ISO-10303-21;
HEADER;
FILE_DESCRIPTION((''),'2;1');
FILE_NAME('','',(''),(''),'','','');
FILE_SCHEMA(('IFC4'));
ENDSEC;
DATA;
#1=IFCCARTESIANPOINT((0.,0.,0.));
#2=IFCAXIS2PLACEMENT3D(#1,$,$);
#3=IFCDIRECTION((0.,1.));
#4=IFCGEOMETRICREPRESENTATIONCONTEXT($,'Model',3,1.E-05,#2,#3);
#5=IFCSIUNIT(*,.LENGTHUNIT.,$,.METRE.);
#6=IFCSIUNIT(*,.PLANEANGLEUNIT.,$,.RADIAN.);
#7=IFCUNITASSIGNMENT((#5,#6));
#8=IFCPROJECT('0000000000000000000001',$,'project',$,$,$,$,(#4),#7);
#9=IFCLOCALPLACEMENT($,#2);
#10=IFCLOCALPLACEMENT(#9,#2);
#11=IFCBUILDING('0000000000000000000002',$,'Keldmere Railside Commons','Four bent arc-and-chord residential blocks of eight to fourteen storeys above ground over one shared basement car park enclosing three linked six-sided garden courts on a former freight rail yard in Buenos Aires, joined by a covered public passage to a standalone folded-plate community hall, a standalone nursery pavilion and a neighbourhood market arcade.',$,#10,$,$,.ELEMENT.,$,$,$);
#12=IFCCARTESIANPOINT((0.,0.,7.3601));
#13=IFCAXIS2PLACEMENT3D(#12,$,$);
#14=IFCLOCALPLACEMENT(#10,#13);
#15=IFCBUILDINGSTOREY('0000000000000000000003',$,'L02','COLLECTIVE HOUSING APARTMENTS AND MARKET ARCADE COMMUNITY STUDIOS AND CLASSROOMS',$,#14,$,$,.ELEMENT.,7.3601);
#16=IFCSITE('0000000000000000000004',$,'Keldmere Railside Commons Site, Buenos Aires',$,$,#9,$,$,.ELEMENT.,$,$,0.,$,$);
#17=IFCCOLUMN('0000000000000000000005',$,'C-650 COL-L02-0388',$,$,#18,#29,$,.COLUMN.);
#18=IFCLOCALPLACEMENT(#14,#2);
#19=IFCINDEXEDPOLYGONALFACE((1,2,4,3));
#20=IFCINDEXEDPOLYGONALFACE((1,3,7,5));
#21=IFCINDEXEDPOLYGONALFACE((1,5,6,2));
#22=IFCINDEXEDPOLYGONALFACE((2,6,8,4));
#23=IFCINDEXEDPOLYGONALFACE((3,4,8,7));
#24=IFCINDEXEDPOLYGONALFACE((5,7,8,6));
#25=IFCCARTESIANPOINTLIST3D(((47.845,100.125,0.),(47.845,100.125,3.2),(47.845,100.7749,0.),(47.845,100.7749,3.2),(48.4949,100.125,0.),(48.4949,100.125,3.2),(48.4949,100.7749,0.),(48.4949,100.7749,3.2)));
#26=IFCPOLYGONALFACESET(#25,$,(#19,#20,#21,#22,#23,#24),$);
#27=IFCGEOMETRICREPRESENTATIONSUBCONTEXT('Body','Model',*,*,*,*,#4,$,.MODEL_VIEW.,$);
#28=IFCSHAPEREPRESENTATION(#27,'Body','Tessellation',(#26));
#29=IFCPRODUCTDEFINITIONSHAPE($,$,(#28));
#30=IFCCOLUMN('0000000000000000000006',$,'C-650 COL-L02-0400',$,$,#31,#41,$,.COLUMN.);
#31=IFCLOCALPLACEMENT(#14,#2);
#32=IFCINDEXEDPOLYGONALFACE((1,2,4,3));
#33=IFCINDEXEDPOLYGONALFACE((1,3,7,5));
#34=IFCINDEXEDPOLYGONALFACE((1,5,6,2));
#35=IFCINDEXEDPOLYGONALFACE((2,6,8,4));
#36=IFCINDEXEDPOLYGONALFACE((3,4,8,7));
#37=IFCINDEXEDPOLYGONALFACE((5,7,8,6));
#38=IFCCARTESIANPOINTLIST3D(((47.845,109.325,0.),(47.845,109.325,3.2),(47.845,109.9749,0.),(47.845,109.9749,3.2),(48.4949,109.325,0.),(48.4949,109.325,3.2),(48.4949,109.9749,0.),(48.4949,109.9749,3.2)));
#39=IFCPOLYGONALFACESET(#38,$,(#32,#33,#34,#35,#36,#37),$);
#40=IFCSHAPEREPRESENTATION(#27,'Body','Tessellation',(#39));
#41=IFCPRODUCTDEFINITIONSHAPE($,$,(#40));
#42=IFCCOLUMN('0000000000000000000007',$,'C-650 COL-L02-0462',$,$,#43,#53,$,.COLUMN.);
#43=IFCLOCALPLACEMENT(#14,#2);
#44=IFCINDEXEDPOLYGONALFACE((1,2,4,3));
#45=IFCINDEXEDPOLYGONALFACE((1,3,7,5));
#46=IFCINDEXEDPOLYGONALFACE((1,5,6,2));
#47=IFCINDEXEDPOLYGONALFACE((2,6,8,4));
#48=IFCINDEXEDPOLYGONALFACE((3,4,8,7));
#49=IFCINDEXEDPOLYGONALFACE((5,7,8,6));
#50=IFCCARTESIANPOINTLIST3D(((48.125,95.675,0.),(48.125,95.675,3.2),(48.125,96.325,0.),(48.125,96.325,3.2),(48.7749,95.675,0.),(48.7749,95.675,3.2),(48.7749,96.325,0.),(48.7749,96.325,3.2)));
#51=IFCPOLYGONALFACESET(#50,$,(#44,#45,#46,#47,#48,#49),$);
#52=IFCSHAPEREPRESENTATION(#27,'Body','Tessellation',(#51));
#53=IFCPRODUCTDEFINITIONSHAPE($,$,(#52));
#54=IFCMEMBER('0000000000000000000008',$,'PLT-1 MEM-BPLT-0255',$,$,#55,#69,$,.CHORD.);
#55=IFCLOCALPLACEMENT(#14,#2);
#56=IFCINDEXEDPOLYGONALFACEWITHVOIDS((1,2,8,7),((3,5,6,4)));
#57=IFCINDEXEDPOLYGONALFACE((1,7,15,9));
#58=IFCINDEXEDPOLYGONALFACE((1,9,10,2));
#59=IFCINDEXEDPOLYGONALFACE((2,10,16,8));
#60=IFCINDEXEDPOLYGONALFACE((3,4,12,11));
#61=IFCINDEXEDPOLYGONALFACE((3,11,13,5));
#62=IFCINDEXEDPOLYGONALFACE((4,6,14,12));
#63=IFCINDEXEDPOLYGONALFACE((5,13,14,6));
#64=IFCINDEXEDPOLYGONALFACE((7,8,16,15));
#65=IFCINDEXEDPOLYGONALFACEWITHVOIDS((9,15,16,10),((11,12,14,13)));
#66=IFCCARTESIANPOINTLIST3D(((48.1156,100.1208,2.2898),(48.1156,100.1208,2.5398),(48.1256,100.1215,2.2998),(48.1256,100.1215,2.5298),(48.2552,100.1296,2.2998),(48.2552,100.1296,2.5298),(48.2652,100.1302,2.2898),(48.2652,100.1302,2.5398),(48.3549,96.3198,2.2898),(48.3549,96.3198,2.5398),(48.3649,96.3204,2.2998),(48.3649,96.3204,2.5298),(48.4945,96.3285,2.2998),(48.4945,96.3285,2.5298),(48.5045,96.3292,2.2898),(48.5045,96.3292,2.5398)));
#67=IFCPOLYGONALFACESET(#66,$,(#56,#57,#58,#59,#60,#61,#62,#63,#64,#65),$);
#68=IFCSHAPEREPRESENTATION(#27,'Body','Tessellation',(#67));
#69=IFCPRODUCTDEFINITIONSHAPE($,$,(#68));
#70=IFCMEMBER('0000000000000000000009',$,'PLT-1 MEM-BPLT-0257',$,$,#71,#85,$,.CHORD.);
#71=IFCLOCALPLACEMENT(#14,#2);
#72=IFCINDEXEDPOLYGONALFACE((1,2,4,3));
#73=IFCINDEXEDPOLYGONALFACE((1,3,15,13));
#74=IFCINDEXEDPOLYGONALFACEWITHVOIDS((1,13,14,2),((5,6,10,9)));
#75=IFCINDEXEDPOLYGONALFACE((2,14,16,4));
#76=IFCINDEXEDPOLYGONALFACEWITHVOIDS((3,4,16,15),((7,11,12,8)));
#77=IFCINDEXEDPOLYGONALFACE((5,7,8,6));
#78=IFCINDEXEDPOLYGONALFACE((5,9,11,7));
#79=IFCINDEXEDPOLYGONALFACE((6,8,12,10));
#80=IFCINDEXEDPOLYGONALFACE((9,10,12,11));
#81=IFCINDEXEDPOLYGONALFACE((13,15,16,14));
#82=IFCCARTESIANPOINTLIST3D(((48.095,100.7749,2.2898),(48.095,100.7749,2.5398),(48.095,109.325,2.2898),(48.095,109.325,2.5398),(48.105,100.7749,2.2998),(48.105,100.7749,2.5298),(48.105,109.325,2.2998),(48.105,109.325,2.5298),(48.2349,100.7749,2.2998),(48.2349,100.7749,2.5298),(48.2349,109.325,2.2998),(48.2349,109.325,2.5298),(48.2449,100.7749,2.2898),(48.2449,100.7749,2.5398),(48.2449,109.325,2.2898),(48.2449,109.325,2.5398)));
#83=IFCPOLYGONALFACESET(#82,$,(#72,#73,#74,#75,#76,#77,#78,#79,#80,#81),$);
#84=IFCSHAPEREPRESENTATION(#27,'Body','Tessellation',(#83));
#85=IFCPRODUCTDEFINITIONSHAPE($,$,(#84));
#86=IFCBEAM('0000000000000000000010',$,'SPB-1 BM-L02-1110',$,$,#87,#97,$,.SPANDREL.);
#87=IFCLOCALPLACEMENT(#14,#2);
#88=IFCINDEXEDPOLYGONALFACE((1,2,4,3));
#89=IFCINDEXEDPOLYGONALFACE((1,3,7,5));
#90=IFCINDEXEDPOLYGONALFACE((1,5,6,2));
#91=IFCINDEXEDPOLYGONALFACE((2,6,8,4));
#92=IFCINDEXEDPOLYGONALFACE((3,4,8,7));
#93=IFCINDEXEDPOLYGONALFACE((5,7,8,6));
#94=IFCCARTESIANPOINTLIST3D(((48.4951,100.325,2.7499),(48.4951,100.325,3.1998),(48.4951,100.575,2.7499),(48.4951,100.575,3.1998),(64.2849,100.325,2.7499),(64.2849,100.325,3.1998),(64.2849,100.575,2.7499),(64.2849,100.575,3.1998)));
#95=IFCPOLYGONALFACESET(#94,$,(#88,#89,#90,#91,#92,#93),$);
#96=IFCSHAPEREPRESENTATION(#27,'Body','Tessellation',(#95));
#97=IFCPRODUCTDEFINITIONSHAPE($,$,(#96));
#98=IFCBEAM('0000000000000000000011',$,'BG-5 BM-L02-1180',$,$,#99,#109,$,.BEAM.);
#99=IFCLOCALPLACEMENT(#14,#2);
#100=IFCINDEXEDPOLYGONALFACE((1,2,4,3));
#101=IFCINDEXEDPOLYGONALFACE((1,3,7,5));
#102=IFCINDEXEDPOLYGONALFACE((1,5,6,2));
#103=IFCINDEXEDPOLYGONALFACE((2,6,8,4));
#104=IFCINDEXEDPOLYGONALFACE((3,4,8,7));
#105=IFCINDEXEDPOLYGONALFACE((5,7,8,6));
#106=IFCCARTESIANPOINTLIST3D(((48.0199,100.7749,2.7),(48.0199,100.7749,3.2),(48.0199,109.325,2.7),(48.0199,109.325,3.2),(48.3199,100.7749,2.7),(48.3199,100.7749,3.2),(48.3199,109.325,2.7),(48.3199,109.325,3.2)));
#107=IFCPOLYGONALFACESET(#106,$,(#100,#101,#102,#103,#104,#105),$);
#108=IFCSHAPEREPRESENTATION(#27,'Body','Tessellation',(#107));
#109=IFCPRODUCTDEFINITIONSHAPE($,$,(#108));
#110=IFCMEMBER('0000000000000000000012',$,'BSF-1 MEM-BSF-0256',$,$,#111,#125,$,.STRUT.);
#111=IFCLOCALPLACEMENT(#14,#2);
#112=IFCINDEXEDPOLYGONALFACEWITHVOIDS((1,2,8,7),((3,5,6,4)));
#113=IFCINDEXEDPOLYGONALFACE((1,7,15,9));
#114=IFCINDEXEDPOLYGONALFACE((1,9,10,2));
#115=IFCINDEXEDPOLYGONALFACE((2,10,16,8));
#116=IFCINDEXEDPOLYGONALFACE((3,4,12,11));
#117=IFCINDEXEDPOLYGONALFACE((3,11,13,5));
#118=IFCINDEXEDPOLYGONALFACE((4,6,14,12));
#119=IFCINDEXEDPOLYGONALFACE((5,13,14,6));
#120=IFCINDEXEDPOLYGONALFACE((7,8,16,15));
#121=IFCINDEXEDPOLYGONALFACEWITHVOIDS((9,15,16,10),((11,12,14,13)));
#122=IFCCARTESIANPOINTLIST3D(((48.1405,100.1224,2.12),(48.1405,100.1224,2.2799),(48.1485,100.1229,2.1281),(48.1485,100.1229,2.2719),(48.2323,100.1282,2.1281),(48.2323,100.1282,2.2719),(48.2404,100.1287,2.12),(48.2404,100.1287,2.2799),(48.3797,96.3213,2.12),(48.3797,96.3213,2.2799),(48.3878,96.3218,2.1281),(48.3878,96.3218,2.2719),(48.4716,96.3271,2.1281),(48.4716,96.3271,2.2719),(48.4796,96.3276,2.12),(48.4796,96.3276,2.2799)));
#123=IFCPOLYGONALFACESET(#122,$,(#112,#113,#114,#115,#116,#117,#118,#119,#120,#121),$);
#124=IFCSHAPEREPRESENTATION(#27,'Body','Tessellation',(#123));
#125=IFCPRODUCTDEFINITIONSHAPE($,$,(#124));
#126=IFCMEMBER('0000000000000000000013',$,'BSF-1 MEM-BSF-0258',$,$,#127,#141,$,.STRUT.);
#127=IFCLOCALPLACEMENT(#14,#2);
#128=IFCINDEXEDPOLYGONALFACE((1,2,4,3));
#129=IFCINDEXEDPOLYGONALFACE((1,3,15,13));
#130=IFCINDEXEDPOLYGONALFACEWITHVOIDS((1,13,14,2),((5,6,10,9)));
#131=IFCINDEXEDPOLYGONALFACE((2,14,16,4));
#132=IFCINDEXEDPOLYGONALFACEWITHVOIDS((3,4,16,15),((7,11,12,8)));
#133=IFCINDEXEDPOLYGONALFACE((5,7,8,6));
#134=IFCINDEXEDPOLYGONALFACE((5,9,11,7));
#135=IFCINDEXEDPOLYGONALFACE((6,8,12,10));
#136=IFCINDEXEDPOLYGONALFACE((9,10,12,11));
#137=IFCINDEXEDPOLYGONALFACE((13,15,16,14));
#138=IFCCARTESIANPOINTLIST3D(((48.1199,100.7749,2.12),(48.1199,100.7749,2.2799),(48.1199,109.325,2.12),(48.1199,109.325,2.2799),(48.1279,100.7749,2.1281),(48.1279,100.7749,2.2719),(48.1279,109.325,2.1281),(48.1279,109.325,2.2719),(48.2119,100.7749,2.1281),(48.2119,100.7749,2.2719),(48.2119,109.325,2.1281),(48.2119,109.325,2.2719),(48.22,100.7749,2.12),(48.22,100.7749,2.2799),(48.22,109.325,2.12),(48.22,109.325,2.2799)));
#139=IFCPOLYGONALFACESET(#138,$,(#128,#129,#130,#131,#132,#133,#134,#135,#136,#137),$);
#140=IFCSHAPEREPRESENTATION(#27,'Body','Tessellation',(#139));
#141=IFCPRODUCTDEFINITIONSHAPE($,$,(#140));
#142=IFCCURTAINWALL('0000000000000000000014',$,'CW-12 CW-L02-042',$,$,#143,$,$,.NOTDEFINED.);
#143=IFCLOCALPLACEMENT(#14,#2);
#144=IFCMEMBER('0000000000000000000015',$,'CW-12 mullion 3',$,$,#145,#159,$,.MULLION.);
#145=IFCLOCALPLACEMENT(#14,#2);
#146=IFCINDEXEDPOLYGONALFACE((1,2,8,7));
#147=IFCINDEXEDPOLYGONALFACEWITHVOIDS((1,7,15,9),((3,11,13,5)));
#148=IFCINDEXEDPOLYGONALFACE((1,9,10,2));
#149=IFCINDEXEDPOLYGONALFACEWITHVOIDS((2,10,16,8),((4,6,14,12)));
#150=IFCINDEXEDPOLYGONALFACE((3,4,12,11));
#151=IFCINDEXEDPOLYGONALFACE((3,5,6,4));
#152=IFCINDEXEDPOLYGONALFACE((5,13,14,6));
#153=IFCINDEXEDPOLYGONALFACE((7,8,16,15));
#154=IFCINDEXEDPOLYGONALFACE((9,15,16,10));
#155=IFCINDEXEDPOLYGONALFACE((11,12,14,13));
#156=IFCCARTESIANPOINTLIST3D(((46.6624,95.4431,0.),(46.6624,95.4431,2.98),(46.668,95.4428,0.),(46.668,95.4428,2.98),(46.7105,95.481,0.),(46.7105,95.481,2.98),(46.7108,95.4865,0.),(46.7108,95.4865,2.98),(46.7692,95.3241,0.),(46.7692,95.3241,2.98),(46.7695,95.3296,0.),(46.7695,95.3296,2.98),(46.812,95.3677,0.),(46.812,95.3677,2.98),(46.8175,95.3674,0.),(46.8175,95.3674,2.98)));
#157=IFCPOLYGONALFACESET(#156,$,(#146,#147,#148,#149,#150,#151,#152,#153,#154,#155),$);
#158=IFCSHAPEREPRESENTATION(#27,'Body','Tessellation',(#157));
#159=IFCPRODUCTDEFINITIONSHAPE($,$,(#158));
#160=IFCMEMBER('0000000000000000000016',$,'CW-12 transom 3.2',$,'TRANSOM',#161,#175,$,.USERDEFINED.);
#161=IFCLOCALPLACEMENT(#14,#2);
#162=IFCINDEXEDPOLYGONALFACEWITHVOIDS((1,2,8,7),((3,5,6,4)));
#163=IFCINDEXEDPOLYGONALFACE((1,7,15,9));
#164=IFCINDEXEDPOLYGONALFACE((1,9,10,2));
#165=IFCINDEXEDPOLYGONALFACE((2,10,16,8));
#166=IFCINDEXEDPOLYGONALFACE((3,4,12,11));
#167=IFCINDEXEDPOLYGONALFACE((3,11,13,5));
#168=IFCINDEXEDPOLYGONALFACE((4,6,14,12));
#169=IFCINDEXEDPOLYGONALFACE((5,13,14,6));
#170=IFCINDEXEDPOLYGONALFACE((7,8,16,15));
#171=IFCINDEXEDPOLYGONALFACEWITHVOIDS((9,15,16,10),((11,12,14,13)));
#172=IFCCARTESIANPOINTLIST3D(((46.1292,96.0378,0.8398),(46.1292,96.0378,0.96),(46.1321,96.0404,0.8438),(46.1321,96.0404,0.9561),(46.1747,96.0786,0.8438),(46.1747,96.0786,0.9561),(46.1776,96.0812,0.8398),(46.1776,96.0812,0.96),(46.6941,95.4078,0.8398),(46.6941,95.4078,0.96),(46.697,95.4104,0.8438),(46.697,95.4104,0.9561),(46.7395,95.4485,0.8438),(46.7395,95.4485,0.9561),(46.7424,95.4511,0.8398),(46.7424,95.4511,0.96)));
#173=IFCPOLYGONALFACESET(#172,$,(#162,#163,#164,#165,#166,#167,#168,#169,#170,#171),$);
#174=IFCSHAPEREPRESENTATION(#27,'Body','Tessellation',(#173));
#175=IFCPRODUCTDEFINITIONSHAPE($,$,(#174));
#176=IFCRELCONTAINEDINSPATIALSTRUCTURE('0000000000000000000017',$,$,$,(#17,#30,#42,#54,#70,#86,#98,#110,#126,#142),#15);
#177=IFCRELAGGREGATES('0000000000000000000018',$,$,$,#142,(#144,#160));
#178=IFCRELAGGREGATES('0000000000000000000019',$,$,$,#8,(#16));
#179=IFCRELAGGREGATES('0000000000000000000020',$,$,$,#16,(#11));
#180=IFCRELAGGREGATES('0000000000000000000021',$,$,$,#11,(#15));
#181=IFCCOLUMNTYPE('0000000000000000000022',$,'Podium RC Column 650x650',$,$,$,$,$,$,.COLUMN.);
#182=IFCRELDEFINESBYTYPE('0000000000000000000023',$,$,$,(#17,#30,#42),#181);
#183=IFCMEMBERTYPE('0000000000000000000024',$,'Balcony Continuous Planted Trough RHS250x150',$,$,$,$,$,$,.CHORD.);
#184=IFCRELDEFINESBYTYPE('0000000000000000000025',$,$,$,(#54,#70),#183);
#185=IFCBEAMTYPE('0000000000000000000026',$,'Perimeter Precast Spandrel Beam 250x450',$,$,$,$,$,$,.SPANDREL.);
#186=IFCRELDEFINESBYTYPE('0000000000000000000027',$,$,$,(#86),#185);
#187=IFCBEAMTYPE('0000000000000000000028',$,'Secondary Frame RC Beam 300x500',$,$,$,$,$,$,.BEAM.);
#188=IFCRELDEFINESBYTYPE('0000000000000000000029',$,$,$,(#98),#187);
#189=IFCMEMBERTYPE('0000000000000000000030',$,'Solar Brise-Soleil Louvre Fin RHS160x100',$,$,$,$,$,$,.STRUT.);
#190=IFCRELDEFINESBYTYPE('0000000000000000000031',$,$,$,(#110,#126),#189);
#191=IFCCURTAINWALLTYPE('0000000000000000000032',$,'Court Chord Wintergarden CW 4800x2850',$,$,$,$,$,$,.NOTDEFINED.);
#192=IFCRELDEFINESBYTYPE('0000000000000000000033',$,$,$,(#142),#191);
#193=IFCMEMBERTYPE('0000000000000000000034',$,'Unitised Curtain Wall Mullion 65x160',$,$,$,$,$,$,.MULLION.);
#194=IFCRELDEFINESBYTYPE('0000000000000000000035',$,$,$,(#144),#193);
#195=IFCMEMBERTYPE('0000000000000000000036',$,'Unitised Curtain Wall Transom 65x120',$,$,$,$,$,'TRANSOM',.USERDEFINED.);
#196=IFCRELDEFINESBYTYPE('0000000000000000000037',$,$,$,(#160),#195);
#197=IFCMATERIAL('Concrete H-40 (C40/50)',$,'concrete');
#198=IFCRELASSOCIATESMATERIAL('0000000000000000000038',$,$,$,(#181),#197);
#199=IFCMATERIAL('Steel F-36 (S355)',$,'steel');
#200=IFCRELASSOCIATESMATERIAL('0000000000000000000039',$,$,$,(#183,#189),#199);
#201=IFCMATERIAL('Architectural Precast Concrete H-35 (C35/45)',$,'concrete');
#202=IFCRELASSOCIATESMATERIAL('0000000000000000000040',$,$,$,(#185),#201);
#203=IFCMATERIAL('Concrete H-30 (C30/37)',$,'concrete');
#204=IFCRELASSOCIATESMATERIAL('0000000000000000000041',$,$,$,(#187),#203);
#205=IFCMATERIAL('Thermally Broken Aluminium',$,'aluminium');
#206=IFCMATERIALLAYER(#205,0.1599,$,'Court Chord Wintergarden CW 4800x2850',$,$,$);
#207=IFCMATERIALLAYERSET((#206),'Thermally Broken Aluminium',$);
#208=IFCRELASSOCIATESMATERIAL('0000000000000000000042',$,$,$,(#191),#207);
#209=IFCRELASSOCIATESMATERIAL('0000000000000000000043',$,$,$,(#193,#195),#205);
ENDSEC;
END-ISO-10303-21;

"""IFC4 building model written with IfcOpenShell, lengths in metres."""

from ifc_helpers import new_model, si_unit, direction, frame, origin, origin_2d, place, context, subcontext, project, spatial, rectangle, hollow_rectangle, extrude, material, layer, layer_set, material_profile, profile_set, type_object, element, aggregate, save


model = new_model("IFC4")

# Units and contexts
model_context = context("Model", 3, precision=1e-05, world=origin(), true_north=direction((0.0, 1.0)))
body_context = subcontext(model_context, "Body", "Model", "MODEL_VIEW")
ifc_project = project(units=[si_unit("LENGTHUNIT", "METRE"), si_unit("PLANEANGLEUNIT", "RADIAN")], contexts=[model_context])

# Site, building, storey
site_placement = place(None, origin())
site = spatial("IfcSite", under=ifc_project, at=site_placement, Name="Keldmere Railside Commons Site, Buenos Aires", CompositionType="ELEMENT", RefElevation=0.0)
building_placement = place(site_placement, origin())
building = spatial("IfcBuilding", under=site, at=building_placement, Name="Keldmere Railside Commons", Description="Four bent arc-and-chord residential blocks of eight to fourteen storeys above ground over one shared basement car park enclosing three linked six-sided garden courts on a former freight rail yard in Buenos Aires, joined by a covered public passage to a standalone folded-plate community hall, a standalone nursery pavilion and a neighbourhood market arcade.", CompositionType="ELEMENT")
storey_placement = place(building_placement, frame((0.0, 0.0, 7.3601)))
storey = spatial("IfcBuildingStorey", under=building, at=storey_placement, Name="L02", Description="COLLECTIVE HOUSING APARTMENTS AND MARKET ARCADE COMMUNITY STUDIOS AND CLASSROOMS", CompositionType="ELEMENT", Elevation=7.3601)

# Columns
ifc_material_1 = material(Name="Concrete H-40 (C40/50)", Category="concrete")
ifc_material_profile_1 = material_profile(ifc_material_1, rectangle(XDim=0.6499, YDim=0.6499, at=origin_2d()), Name="RC-650x650")
ifc_profile_set_1 = profile_set([ifc_material_profile_1], Name="Concrete H-40 (C40/50)")
column_type = type_object("IfcColumnType", Name="Podium RC Column 650x650", PredefinedType="COLUMN", material=ifc_profile_set_1)
for number, where, z_axis, x_axis, name in (
    (1, (48.1699, 100.45, 0.0), (0.0, 0.0, 1.0), (1.0, 0.0, 0.0), "C-650 COL-L02-0388"),
    (2, (48.1699, 109.6499, 0.0), (0.0, 0.0, 1.0), (1.0, 0.0, 0.0), "C-650 COL-L02-0400"),
    (3, (48.45, 96.0, 0.0), (0.0, 0.0, 1.0), (1.0, 0.0, 0.0), "C-650 COL-L02-0462"),
):
    element("IfcColumn", number, at=place(storey_placement, frame(where, z_axis=z_axis, x_axis=x_axis)), inside=storey, type_object=column_type, Name=name, PredefinedType="COLUMN", context=body_context, shape_type="SweptSolid", body=[
        extrude(rectangle(XDim=0.6499, YDim=0.6499, at=origin_2d()), origin(), (0.0, 0.0, 1.0), 3.2),
    ])

# Members
ifc_material_2 = material(Name="Steel F-36 (S355)", Category="steel")
ifc_material_profile_2 = material_profile(ifc_material_2, hollow_rectangle(XDim=0.1499, YDim=0.25, WallThickness=0.01, at=origin_2d()), Name="RHS-250x150x10")
ifc_profile_set_2 = profile_set([ifc_material_profile_2], Name="Steel F-36 (S355)")
member_type_1 = type_object("IfcMemberType", Name="Balcony Continuous Planted Trough RHS250x150", PredefinedType="CHORD", material=ifc_profile_set_2)
member_1_placement = place(storey_placement, frame((48.4297, 96.3245, 2.4148), z_axis=(-0.062821, 0.998025, 0.0), x_axis=(-0.998025, -0.062821, 0.0)))
element("IfcMember", 4, at=member_1_placement, inside=storey, type_object=member_type_1, Name="PLT-1 MEM-BPLT-0255", PredefinedType="CHORD", context=body_context, shape_type="SweptSolid", body=[
    extrude(hollow_rectangle(XDim=0.1499, YDim=0.25, WallThickness=0.01, at=origin_2d()), origin(), (0.0, 0.0, 1.0), 3.8086),
])
member_2_placement = place(storey_placement, frame((48.1699, 100.7749, 2.4148), z_axis=(0.0, 1.0, 0.0), x_axis=(-1.0, 0.0, 0.0)))
element("IfcMember", 5, at=member_2_placement, inside=storey, type_object=member_type_1, Name="PLT-1 MEM-BPLT-0257", PredefinedType="CHORD", context=body_context, shape_type="SweptSolid", body=[
    extrude(hollow_rectangle(XDim=0.1499, YDim=0.25, WallThickness=0.01, at=origin_2d()), origin(), (0.0, 0.0, 1.0), 8.55),
])

# Beams
ifc_material_3 = material(Name="Architectural Precast Concrete H-35 (C35/45)", Category="concrete")
ifc_material_profile_3 = material_profile(ifc_material_3, rectangle(XDim=0.25, YDim=0.45, at=origin_2d()), Name="RC-250x450")
ifc_profile_set_3 = profile_set([ifc_material_profile_3], Name="Architectural Precast Concrete H-35 (C35/45)")
beam_type_1 = type_object("IfcBeamType", Name="Perimeter Precast Spandrel Beam 250x450", PredefinedType="SPANDREL", material=ifc_profile_set_3)
beam_1_placement = place(storey_placement, frame((48.4951, 100.45, 2.9749), z_axis=(1.0, 0.0, 0.0), x_axis=(0.0, 1.0, 0.0)))
element("IfcBeam", 6, at=beam_1_placement, inside=storey, type_object=beam_type_1, Name="SPB-1 BM-L02-1110", PredefinedType="SPANDREL", context=body_context, shape_type="SweptSolid", body=[
    extrude(rectangle(XDim=0.25, YDim=0.45, at=origin_2d()), origin(), (0.0, 0.0, 1.0), 15.7898),
])
ifc_material_4 = material(Name="Concrete H-30 (C30/37)", Category="concrete")
ifc_material_profile_4 = material_profile(ifc_material_4, rectangle(XDim=0.3, YDim=0.5, at=origin_2d()), Name="RC-300x500")
ifc_profile_set_4 = profile_set([ifc_material_profile_4], Name="Concrete H-30 (C30/37)")
beam_type_2 = type_object("IfcBeamType", Name="Secondary Frame RC Beam 300x500", PredefinedType="BEAM", material=ifc_profile_set_4)
beam_2_placement = place(storey_placement, frame((48.1699, 100.7749, 2.95), z_axis=(0.0, 1.0, 0.0), x_axis=(-1.0, 0.0, 0.0)))
element("IfcBeam", 7, at=beam_2_placement, inside=storey, type_object=beam_type_2, Name="BG-5 BM-L02-1180", PredefinedType="BEAM", context=body_context, shape_type="SweptSolid", body=[
    extrude(rectangle(XDim=0.3, YDim=0.5, at=origin_2d()), origin(), (0.0, 0.0, 1.0), 8.55),
])

# Members
ifc_material_profile_5 = material_profile(ifc_material_2, hollow_rectangle(XDim=0.1001, YDim=0.1599, WallThickness=0.0081, at=origin_2d()), Name="RHS-160x100x8")
ifc_profile_set_5 = profile_set([ifc_material_profile_5], Name="Steel F-36 (S355)")
member_type_2 = type_object("IfcMemberType", Name="Solar Brise-Soleil Louvre Fin RHS160x100", PredefinedType="STRUT", material=ifc_profile_set_5)
member_3_placement = place(storey_placement, frame((48.4297, 96.3245, 2.2), z_axis=(-0.062821, 0.998025, 0.0), x_axis=(-0.998025, -0.062821, 0.0)))
element("IfcMember", 8, at=member_3_placement, inside=storey, type_object=member_type_2, Name="BSF-1 MEM-BSF-0256", PredefinedType="STRUT", context=body_context, shape_type="SweptSolid", body=[
    extrude(hollow_rectangle(XDim=0.1001, YDim=0.1599, WallThickness=0.0081, at=origin_2d()), origin(), (0.0, 0.0, 1.0), 3.8086),
])
member_4_placement = place(storey_placement, frame((48.1699, 100.7749, 2.2), z_axis=(0.0, 1.0, 0.0), x_axis=(-1.0, 0.0, 0.0)))
element("IfcMember", 9, at=member_4_placement, inside=storey, type_object=member_type_2, Name="BSF-1 MEM-BSF-0258", PredefinedType="STRUT", context=body_context, shape_type="SweptSolid", body=[
    extrude(hollow_rectangle(XDim=0.1001, YDim=0.1599, WallThickness=0.0081, at=origin_2d()), origin(), (0.0, 0.0, 1.0), 8.55),
])

# Curtain wall, members
ifc_material_5 = material(Name="Thermally Broken Aluminium", Category="aluminium")
ifc_layer_1 = layer(ifc_material_5, 0.1599, Name="Court Chord Wintergarden CW 4800x2850")
ifc_layer_set_1 = layer_set([ifc_layer_1], Name="Thermally Broken Aluminium")
curtain_wall_type = type_object("IfcCurtainWallType", Name="Court Chord Wintergarden CW 4800x2850", PredefinedType="NOTDEFINED", material=ifc_layer_set_1)
curtain_wall_placement = place(storey_placement, origin())
curtain_wall = element("IfcCurtainWall", 10, at=curtain_wall_placement, inside=storey, type_object=curtain_wall_type, Name="CW-12 CW-L02-042", PredefinedType="NOTDEFINED")
ifc_material_profile_6 = material_profile(ifc_material_5, hollow_rectangle(XDim=0.0649, YDim=0.1599, WallThickness=0.0039, at=origin_2d()), Name="ALU-MULL-65x160")
ifc_profile_set_6 = profile_set([ifc_material_profile_6], Name="Thermally Broken Aluminium")
member_type_3 = type_object("IfcMemberType", Name="Unitised Curtain Wall Mullion 65x160", PredefinedType="MULLION", material=ifc_profile_set_6)
member_5_placement = place(storey_placement, frame((46.74, 95.4053, 0.0), z_axis=(0.0, 0.0, 1.0), x_axis=(-0.744557, -0.667559, 0.0)))
member_5 = element("IfcMember", 11, at=member_5_placement, type_object=member_type_3, Name="CW-12 mullion 3", PredefinedType="MULLION", context=body_context, shape_type="SweptSolid", body=[
    extrude(hollow_rectangle(XDim=0.0649, YDim=0.1599, WallThickness=0.0039, at=origin_2d()), origin(), (0.0, 0.0, 1.0), 2.98),
])
ifc_material_profile_7 = material_profile(ifc_material_5, hollow_rectangle(XDim=0.0649, YDim=0.1201, WallThickness=0.0039, at=origin_2d()), Name="ALU-TRAN-65x120")
ifc_profile_set_7 = profile_set([ifc_material_profile_7], Name="Thermally Broken Aluminium")
member_type_4 = type_object("IfcMemberType", Name="Unitised Curtain Wall Transom 65x120", ElementType="TRANSOM", PredefinedType="USERDEFINED", material=ifc_profile_set_7)
member_6_placement = place(storey_placement, frame((46.7183, 95.4294, 0.8999), z_axis=(-0.667545, 0.744569, 0.0), x_axis=(-0.744569, -0.667545, 0.0)))
member_6 = element("IfcMember", 12, at=member_6_placement, type_object=member_type_4, Name="CW-12 transom 3.2", ObjectType="TRANSOM", PredefinedType="USERDEFINED", context=body_context, shape_type="SweptSolid", body=[
    extrude(hollow_rectangle(XDim=0.0649, YDim=0.1201, WallThickness=0.0039, at=origin_2d()), origin(), (0.0, 0.0, 1.0), 0.8462),
])
aggregate(curtain_wall, [member_5, member_6])

save(model, "model.ifc")
